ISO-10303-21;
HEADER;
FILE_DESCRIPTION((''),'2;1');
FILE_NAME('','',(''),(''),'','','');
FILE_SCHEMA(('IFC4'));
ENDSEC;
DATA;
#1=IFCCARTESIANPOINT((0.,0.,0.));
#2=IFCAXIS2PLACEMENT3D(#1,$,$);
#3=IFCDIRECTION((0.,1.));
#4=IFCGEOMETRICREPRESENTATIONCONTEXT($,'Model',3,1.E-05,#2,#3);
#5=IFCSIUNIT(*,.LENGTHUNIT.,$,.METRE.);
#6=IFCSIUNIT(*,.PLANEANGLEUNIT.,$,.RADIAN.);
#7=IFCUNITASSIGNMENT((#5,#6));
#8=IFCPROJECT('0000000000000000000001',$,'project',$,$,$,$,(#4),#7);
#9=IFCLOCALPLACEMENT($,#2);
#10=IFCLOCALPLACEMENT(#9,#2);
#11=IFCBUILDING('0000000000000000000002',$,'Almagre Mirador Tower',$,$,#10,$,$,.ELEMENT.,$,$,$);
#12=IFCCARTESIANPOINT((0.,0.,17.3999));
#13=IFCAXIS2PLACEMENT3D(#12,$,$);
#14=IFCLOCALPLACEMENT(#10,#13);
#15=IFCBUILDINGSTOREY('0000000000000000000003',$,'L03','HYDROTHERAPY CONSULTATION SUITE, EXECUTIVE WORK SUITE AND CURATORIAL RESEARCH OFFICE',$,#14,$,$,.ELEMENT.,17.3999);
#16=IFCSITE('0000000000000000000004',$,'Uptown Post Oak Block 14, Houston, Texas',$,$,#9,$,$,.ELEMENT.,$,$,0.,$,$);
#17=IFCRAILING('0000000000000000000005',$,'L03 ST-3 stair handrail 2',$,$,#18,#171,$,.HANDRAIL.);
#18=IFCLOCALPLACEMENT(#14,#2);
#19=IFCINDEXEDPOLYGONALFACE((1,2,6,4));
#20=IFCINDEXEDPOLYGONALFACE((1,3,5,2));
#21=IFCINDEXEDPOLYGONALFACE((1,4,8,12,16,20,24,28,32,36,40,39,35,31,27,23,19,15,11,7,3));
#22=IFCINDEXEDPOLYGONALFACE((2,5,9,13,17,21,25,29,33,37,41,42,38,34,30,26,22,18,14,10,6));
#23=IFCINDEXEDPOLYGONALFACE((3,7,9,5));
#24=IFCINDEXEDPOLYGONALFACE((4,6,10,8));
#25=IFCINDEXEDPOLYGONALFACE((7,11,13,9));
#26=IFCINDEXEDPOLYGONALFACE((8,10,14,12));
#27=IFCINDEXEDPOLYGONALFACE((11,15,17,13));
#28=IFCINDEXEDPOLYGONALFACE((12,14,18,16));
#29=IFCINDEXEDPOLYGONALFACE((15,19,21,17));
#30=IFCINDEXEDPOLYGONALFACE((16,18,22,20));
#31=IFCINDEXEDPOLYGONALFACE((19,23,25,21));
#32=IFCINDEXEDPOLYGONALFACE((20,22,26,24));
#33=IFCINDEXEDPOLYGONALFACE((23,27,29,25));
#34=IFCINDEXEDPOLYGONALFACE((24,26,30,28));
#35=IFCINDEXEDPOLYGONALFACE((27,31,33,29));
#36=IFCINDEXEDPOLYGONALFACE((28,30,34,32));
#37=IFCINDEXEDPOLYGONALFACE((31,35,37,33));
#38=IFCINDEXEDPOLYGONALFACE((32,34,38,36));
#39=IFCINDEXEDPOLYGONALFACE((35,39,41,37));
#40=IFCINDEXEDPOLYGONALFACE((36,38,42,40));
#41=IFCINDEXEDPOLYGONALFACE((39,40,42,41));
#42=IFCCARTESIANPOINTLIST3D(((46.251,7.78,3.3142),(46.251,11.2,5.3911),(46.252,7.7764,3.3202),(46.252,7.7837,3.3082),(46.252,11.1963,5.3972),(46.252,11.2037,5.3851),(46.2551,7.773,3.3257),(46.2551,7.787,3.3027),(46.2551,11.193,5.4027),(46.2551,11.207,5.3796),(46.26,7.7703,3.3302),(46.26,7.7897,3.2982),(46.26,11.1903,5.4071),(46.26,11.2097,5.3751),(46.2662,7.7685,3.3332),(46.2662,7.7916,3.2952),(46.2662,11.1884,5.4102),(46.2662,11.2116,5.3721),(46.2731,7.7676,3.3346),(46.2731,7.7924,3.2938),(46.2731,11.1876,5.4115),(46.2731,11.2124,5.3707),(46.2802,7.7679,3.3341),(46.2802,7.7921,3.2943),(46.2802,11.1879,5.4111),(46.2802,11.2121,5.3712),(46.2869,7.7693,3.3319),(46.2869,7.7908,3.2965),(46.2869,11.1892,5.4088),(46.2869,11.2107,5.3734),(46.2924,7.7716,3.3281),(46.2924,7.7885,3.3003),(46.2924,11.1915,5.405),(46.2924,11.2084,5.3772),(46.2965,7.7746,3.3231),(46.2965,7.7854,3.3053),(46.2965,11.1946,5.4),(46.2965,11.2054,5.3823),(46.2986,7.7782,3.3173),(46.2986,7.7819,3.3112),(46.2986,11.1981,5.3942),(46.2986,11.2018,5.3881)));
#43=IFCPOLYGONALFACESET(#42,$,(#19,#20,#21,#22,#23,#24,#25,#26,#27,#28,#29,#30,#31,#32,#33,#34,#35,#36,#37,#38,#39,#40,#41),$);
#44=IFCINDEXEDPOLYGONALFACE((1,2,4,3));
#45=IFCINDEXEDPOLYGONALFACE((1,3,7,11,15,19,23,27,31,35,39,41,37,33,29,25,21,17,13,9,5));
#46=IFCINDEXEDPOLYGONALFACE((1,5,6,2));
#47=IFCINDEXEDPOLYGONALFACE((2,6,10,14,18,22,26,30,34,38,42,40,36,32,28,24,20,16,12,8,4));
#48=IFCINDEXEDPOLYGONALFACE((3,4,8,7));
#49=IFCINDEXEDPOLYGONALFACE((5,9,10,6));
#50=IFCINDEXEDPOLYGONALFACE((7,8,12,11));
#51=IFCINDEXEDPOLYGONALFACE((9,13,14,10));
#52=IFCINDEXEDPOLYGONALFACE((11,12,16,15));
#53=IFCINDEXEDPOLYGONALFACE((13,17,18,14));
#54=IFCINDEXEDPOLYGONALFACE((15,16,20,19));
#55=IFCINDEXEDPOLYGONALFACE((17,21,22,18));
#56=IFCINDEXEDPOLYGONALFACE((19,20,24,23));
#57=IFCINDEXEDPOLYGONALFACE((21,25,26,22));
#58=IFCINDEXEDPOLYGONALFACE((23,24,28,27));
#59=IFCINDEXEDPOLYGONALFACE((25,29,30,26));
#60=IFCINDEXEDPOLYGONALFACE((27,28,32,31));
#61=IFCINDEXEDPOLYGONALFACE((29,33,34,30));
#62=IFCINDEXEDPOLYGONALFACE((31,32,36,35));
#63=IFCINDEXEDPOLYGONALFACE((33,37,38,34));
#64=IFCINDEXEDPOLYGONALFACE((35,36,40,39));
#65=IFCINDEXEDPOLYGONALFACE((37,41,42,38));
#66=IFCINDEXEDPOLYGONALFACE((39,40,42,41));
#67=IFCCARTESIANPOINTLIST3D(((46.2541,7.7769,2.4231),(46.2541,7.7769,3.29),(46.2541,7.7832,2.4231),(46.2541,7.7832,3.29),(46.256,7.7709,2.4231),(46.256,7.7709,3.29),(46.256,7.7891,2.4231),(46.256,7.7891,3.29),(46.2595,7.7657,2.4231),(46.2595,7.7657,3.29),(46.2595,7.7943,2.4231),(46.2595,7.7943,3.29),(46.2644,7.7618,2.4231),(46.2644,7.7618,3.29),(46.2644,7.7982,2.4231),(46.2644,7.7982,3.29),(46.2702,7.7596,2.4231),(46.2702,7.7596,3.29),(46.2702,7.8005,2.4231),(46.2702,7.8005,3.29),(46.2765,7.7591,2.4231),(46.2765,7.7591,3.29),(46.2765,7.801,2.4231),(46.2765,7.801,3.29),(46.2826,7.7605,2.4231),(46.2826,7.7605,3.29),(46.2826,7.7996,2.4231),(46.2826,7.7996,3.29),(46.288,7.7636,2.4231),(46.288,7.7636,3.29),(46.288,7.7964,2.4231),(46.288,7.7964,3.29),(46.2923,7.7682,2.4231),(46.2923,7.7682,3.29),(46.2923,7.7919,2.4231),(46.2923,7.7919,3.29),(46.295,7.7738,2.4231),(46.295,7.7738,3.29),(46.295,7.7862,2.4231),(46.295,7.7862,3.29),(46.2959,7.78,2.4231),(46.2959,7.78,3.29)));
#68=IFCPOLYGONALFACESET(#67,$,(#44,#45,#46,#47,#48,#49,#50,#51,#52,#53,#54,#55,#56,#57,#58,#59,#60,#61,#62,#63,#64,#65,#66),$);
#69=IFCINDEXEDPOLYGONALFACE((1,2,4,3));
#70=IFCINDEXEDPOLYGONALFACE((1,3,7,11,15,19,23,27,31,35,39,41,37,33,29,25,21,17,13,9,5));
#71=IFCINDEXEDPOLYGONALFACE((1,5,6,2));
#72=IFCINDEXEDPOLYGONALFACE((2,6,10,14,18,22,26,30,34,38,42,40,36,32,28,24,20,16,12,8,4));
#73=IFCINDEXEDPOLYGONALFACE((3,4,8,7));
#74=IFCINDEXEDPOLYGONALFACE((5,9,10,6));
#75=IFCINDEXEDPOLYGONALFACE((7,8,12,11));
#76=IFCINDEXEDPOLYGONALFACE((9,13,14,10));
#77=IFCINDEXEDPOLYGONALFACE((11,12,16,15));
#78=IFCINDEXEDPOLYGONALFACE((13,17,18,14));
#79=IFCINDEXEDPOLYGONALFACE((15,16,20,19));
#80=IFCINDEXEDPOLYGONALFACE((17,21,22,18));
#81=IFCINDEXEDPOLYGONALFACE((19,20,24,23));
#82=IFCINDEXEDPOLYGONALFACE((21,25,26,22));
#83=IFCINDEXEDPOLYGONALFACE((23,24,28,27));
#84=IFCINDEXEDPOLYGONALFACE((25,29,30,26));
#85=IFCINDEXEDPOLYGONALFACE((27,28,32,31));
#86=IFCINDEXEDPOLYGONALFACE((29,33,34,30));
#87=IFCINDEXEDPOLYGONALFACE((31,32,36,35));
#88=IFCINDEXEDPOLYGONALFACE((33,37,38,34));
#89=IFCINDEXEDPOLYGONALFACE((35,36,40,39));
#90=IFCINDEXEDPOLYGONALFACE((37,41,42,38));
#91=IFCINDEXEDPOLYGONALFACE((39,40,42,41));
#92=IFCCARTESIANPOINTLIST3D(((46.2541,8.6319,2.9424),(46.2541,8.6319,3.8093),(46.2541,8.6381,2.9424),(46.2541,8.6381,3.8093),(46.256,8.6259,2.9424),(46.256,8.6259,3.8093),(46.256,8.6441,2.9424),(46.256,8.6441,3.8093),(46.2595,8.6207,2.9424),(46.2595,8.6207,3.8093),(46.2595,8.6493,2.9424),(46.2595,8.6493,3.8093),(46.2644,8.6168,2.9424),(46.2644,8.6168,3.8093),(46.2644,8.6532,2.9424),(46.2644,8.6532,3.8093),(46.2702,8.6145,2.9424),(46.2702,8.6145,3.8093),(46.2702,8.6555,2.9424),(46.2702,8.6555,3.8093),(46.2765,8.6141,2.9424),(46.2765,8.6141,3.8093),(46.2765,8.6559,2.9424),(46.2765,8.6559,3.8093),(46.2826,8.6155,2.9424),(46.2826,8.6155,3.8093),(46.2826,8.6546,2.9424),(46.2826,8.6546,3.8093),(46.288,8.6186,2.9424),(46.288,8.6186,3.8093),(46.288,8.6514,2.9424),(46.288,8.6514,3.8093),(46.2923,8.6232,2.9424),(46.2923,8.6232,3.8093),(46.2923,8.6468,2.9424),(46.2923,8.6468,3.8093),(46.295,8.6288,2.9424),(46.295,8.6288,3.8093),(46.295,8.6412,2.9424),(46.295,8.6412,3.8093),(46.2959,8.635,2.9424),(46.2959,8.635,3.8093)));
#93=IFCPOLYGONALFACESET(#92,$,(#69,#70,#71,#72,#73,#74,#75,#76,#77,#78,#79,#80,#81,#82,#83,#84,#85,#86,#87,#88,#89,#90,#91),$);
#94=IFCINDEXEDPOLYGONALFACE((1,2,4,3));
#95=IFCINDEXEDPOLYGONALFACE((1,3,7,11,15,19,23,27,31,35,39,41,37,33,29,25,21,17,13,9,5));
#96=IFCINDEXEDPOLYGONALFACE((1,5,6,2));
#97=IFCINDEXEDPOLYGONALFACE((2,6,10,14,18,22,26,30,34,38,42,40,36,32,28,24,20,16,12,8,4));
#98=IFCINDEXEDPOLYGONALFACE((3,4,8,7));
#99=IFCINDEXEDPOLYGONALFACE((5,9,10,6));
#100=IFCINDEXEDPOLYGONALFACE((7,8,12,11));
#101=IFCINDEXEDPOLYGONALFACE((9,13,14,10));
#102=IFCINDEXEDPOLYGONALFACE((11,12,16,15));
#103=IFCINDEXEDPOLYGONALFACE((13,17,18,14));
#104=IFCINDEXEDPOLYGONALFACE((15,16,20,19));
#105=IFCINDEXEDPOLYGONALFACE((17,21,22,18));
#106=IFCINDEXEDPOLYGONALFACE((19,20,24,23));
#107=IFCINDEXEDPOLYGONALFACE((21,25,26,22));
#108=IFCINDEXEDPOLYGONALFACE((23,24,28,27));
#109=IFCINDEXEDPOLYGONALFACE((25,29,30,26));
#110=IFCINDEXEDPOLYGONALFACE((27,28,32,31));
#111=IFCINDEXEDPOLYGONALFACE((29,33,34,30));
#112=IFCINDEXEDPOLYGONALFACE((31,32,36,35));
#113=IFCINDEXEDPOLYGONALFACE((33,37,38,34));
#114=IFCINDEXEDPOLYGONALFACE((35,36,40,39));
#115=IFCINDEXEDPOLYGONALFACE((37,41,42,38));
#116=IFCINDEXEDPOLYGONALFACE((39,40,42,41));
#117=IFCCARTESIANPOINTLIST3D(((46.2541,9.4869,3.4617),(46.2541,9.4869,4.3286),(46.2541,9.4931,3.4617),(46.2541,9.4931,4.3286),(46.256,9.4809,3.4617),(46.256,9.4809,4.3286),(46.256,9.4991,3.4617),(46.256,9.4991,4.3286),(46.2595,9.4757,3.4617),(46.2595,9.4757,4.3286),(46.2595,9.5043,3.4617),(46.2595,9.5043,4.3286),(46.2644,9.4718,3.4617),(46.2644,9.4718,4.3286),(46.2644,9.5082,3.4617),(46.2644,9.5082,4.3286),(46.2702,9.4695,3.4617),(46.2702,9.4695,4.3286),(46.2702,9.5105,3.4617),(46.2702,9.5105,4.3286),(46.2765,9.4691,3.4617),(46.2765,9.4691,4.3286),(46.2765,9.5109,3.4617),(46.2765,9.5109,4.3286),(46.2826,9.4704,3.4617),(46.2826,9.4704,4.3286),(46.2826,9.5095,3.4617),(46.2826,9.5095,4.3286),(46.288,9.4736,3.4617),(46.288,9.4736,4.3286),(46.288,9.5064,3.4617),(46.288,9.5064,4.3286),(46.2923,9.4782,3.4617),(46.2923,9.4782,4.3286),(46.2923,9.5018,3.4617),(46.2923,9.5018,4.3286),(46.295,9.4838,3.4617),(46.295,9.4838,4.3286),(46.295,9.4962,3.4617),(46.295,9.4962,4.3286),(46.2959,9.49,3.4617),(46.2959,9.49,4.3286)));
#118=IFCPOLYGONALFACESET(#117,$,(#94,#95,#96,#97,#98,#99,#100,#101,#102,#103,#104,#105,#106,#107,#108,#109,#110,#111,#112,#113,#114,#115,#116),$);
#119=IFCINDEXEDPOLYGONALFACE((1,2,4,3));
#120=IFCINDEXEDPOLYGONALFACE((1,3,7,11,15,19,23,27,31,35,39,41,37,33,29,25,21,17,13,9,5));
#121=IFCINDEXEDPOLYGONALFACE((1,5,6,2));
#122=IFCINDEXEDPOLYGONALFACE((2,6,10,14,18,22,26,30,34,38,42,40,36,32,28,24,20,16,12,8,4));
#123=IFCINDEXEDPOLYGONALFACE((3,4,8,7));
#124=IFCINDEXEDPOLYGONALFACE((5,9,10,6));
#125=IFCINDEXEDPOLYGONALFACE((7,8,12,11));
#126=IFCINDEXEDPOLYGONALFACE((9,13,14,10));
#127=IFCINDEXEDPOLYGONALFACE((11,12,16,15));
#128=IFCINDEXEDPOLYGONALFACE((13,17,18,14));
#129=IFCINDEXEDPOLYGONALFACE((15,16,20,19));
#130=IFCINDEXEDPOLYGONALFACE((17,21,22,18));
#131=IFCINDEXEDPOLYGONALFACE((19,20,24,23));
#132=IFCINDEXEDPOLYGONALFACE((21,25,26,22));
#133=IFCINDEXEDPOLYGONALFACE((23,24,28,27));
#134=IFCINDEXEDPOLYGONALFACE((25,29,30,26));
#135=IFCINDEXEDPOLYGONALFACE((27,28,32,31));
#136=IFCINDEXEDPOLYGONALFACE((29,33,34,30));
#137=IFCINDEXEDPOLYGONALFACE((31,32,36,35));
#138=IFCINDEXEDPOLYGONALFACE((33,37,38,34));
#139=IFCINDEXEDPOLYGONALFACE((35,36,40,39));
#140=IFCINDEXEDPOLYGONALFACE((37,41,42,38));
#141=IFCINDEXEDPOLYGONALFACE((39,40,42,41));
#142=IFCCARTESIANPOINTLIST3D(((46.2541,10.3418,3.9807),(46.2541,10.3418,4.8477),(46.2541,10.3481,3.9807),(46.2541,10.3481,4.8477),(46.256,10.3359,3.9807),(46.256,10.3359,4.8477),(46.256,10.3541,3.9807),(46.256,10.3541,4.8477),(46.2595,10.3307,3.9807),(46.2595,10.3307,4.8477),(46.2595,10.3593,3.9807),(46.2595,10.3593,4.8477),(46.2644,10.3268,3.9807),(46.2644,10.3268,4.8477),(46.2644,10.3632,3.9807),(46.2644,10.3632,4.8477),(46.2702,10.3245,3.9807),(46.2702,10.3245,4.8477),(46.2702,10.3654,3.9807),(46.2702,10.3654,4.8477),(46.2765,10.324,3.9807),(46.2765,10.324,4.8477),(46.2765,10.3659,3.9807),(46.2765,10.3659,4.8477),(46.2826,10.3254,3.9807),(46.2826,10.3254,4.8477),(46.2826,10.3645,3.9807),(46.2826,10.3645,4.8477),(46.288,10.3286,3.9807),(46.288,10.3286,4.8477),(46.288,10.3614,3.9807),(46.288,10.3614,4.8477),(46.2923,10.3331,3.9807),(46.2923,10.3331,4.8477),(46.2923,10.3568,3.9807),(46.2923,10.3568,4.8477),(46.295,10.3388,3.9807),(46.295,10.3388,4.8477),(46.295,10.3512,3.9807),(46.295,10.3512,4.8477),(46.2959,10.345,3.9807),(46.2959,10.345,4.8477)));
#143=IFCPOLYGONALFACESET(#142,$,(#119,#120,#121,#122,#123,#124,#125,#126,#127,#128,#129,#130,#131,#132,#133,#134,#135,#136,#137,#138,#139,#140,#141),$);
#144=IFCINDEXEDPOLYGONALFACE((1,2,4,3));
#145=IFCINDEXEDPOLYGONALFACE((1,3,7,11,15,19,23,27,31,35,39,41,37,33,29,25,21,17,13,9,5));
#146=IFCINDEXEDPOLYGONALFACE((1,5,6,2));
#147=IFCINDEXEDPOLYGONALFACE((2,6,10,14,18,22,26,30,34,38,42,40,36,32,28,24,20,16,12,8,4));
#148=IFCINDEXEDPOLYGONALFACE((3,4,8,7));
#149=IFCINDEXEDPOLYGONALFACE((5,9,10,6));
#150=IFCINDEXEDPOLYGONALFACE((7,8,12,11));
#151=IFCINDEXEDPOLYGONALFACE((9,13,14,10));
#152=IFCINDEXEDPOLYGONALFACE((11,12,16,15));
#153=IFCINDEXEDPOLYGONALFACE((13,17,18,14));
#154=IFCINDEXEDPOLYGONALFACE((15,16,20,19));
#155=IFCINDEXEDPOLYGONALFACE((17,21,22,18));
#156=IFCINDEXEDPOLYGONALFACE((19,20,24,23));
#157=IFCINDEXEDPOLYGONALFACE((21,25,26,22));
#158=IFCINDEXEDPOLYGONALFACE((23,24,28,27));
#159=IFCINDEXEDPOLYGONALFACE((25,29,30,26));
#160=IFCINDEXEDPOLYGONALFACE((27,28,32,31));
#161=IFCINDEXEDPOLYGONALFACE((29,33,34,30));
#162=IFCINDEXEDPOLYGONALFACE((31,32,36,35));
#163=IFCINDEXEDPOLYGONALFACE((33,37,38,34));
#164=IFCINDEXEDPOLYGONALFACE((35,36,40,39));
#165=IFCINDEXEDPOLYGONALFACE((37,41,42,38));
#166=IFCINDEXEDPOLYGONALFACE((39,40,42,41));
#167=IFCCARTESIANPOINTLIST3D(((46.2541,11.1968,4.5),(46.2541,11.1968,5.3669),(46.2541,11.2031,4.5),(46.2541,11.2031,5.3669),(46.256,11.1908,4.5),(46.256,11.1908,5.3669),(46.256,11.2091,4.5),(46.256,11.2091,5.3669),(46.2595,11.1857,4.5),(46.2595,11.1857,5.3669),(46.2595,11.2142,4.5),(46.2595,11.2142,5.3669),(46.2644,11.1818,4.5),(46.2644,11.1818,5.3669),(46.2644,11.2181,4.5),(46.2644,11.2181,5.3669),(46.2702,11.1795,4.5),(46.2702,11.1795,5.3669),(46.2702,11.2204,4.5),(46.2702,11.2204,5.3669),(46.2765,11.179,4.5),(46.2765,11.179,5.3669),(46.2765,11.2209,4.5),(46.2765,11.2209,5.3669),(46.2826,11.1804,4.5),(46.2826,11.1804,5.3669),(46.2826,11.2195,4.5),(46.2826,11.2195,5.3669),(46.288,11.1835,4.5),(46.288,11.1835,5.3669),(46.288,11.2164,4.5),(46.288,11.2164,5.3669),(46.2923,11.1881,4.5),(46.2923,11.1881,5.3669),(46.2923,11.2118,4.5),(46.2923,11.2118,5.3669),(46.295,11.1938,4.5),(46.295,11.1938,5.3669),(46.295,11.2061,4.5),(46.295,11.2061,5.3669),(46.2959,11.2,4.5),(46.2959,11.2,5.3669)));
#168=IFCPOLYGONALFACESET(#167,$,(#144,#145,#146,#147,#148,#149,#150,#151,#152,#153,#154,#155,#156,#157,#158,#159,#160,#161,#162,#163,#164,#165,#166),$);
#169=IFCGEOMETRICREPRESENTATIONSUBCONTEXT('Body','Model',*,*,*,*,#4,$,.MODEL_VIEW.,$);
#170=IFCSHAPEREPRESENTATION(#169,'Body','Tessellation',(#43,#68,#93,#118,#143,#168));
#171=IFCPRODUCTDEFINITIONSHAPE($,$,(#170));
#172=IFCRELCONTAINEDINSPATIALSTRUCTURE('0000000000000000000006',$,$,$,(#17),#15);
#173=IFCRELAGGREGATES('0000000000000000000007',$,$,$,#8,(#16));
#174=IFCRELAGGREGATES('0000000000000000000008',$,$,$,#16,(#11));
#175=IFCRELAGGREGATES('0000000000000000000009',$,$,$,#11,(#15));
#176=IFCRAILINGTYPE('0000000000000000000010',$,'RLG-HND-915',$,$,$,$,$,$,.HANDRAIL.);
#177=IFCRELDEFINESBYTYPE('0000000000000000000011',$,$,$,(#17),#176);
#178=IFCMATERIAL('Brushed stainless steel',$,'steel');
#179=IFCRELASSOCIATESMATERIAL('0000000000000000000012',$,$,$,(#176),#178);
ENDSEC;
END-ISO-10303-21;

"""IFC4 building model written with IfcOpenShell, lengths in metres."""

from ifc_helpers import new_model, si_unit, direction, frame, origin, origin_2d, place, context, subcontext, project, spatial, circle, extrude, material, type_object, element, save


model = new_model("IFC4")

# Units and contexts
model_context = context("Model", 3, precision=1e-05, world=origin(), true_north=direction((0.0, 1.0)))
body_context = subcontext(model_context, "Body", "Model", "MODEL_VIEW")
ifc_project = project(units=[si_unit("LENGTHUNIT", "METRE"), si_unit("PLANEANGLEUNIT", "RADIAN")], contexts=[model_context])

# Site, building, storey
site_placement = place(None, origin())
site = spatial("IfcSite", under=ifc_project, at=site_placement, Name="Uptown Post Oak Block 14, Houston, Texas", CompositionType="ELEMENT", RefElevation=0.0)
building_placement = place(site_placement, origin())
building = spatial("IfcBuilding", under=site, at=building_placement, Name="Almagre Mirador Tower", CompositionType="ELEMENT")
storey_placement = place(building_placement, frame((0.0, 0.0, 17.3999)))
storey = spatial("IfcBuildingStorey", under=building, at=storey_placement, Name="L03", Description="HYDROTHERAPY CONSULTATION SUITE, EXECUTIVE WORK SUITE AND CURATORIAL RESEARCH OFFICE", CompositionType="ELEMENT", Elevation=17.3999)

# Railing
ifc_material_1 = material(Name="Brushed stainless steel", Category="steel")
railing_type_1 = type_object("IfcRailingType", Name="RLG-HND-915", PredefinedType="HANDRAIL", material=ifc_material_1)
railing_1_placement = place(storey_placement, frame((46.2749, 7.78, 2.4231)))
element("IfcRailing", 1, at=railing_1_placement, inside=storey, type_object=railing_type_1, Name="L03 ST-3 stair handrail 2", PredefinedType="HANDRAIL", context=body_context, shape_type="SweptSolid", body=[
    extrude(circle(Radius=0.0239, at=origin_2d()), frame((0.0, 0.0, 0.8911), z_axis=(0.0, 0.85473, 0.519074), x_axis=(-1.0, 0.0, 0.0)), (0.0, 0.0, 1.0), 4.0012),
    extrude(circle(Radius=0.021, at=origin_2d()), origin(), (0.0, 0.0, 1.0), 0.8669),
    extrude(circle(Radius=0.021, at=origin_2d()), frame((0.0, 0.855, 0.5193)), (0.0, 0.0, 1.0), 0.8669),
    extrude(circle(Radius=0.021, at=origin_2d()), frame((0.0, 1.71, 1.0386)), (0.0, 0.0, 1.0), 0.8669),
    extrude(circle(Radius=0.021, at=origin_2d()), frame((0.0, 2.5649, 1.5576)), (0.0, 0.0, 1.0), 0.8669),
    extrude(circle(Radius=0.021, at=origin_2d()), frame((0.0, 3.4199, 2.0769)), (0.0, 0.0, 1.0), 0.8669),
])

save(model, "model.ifc")
